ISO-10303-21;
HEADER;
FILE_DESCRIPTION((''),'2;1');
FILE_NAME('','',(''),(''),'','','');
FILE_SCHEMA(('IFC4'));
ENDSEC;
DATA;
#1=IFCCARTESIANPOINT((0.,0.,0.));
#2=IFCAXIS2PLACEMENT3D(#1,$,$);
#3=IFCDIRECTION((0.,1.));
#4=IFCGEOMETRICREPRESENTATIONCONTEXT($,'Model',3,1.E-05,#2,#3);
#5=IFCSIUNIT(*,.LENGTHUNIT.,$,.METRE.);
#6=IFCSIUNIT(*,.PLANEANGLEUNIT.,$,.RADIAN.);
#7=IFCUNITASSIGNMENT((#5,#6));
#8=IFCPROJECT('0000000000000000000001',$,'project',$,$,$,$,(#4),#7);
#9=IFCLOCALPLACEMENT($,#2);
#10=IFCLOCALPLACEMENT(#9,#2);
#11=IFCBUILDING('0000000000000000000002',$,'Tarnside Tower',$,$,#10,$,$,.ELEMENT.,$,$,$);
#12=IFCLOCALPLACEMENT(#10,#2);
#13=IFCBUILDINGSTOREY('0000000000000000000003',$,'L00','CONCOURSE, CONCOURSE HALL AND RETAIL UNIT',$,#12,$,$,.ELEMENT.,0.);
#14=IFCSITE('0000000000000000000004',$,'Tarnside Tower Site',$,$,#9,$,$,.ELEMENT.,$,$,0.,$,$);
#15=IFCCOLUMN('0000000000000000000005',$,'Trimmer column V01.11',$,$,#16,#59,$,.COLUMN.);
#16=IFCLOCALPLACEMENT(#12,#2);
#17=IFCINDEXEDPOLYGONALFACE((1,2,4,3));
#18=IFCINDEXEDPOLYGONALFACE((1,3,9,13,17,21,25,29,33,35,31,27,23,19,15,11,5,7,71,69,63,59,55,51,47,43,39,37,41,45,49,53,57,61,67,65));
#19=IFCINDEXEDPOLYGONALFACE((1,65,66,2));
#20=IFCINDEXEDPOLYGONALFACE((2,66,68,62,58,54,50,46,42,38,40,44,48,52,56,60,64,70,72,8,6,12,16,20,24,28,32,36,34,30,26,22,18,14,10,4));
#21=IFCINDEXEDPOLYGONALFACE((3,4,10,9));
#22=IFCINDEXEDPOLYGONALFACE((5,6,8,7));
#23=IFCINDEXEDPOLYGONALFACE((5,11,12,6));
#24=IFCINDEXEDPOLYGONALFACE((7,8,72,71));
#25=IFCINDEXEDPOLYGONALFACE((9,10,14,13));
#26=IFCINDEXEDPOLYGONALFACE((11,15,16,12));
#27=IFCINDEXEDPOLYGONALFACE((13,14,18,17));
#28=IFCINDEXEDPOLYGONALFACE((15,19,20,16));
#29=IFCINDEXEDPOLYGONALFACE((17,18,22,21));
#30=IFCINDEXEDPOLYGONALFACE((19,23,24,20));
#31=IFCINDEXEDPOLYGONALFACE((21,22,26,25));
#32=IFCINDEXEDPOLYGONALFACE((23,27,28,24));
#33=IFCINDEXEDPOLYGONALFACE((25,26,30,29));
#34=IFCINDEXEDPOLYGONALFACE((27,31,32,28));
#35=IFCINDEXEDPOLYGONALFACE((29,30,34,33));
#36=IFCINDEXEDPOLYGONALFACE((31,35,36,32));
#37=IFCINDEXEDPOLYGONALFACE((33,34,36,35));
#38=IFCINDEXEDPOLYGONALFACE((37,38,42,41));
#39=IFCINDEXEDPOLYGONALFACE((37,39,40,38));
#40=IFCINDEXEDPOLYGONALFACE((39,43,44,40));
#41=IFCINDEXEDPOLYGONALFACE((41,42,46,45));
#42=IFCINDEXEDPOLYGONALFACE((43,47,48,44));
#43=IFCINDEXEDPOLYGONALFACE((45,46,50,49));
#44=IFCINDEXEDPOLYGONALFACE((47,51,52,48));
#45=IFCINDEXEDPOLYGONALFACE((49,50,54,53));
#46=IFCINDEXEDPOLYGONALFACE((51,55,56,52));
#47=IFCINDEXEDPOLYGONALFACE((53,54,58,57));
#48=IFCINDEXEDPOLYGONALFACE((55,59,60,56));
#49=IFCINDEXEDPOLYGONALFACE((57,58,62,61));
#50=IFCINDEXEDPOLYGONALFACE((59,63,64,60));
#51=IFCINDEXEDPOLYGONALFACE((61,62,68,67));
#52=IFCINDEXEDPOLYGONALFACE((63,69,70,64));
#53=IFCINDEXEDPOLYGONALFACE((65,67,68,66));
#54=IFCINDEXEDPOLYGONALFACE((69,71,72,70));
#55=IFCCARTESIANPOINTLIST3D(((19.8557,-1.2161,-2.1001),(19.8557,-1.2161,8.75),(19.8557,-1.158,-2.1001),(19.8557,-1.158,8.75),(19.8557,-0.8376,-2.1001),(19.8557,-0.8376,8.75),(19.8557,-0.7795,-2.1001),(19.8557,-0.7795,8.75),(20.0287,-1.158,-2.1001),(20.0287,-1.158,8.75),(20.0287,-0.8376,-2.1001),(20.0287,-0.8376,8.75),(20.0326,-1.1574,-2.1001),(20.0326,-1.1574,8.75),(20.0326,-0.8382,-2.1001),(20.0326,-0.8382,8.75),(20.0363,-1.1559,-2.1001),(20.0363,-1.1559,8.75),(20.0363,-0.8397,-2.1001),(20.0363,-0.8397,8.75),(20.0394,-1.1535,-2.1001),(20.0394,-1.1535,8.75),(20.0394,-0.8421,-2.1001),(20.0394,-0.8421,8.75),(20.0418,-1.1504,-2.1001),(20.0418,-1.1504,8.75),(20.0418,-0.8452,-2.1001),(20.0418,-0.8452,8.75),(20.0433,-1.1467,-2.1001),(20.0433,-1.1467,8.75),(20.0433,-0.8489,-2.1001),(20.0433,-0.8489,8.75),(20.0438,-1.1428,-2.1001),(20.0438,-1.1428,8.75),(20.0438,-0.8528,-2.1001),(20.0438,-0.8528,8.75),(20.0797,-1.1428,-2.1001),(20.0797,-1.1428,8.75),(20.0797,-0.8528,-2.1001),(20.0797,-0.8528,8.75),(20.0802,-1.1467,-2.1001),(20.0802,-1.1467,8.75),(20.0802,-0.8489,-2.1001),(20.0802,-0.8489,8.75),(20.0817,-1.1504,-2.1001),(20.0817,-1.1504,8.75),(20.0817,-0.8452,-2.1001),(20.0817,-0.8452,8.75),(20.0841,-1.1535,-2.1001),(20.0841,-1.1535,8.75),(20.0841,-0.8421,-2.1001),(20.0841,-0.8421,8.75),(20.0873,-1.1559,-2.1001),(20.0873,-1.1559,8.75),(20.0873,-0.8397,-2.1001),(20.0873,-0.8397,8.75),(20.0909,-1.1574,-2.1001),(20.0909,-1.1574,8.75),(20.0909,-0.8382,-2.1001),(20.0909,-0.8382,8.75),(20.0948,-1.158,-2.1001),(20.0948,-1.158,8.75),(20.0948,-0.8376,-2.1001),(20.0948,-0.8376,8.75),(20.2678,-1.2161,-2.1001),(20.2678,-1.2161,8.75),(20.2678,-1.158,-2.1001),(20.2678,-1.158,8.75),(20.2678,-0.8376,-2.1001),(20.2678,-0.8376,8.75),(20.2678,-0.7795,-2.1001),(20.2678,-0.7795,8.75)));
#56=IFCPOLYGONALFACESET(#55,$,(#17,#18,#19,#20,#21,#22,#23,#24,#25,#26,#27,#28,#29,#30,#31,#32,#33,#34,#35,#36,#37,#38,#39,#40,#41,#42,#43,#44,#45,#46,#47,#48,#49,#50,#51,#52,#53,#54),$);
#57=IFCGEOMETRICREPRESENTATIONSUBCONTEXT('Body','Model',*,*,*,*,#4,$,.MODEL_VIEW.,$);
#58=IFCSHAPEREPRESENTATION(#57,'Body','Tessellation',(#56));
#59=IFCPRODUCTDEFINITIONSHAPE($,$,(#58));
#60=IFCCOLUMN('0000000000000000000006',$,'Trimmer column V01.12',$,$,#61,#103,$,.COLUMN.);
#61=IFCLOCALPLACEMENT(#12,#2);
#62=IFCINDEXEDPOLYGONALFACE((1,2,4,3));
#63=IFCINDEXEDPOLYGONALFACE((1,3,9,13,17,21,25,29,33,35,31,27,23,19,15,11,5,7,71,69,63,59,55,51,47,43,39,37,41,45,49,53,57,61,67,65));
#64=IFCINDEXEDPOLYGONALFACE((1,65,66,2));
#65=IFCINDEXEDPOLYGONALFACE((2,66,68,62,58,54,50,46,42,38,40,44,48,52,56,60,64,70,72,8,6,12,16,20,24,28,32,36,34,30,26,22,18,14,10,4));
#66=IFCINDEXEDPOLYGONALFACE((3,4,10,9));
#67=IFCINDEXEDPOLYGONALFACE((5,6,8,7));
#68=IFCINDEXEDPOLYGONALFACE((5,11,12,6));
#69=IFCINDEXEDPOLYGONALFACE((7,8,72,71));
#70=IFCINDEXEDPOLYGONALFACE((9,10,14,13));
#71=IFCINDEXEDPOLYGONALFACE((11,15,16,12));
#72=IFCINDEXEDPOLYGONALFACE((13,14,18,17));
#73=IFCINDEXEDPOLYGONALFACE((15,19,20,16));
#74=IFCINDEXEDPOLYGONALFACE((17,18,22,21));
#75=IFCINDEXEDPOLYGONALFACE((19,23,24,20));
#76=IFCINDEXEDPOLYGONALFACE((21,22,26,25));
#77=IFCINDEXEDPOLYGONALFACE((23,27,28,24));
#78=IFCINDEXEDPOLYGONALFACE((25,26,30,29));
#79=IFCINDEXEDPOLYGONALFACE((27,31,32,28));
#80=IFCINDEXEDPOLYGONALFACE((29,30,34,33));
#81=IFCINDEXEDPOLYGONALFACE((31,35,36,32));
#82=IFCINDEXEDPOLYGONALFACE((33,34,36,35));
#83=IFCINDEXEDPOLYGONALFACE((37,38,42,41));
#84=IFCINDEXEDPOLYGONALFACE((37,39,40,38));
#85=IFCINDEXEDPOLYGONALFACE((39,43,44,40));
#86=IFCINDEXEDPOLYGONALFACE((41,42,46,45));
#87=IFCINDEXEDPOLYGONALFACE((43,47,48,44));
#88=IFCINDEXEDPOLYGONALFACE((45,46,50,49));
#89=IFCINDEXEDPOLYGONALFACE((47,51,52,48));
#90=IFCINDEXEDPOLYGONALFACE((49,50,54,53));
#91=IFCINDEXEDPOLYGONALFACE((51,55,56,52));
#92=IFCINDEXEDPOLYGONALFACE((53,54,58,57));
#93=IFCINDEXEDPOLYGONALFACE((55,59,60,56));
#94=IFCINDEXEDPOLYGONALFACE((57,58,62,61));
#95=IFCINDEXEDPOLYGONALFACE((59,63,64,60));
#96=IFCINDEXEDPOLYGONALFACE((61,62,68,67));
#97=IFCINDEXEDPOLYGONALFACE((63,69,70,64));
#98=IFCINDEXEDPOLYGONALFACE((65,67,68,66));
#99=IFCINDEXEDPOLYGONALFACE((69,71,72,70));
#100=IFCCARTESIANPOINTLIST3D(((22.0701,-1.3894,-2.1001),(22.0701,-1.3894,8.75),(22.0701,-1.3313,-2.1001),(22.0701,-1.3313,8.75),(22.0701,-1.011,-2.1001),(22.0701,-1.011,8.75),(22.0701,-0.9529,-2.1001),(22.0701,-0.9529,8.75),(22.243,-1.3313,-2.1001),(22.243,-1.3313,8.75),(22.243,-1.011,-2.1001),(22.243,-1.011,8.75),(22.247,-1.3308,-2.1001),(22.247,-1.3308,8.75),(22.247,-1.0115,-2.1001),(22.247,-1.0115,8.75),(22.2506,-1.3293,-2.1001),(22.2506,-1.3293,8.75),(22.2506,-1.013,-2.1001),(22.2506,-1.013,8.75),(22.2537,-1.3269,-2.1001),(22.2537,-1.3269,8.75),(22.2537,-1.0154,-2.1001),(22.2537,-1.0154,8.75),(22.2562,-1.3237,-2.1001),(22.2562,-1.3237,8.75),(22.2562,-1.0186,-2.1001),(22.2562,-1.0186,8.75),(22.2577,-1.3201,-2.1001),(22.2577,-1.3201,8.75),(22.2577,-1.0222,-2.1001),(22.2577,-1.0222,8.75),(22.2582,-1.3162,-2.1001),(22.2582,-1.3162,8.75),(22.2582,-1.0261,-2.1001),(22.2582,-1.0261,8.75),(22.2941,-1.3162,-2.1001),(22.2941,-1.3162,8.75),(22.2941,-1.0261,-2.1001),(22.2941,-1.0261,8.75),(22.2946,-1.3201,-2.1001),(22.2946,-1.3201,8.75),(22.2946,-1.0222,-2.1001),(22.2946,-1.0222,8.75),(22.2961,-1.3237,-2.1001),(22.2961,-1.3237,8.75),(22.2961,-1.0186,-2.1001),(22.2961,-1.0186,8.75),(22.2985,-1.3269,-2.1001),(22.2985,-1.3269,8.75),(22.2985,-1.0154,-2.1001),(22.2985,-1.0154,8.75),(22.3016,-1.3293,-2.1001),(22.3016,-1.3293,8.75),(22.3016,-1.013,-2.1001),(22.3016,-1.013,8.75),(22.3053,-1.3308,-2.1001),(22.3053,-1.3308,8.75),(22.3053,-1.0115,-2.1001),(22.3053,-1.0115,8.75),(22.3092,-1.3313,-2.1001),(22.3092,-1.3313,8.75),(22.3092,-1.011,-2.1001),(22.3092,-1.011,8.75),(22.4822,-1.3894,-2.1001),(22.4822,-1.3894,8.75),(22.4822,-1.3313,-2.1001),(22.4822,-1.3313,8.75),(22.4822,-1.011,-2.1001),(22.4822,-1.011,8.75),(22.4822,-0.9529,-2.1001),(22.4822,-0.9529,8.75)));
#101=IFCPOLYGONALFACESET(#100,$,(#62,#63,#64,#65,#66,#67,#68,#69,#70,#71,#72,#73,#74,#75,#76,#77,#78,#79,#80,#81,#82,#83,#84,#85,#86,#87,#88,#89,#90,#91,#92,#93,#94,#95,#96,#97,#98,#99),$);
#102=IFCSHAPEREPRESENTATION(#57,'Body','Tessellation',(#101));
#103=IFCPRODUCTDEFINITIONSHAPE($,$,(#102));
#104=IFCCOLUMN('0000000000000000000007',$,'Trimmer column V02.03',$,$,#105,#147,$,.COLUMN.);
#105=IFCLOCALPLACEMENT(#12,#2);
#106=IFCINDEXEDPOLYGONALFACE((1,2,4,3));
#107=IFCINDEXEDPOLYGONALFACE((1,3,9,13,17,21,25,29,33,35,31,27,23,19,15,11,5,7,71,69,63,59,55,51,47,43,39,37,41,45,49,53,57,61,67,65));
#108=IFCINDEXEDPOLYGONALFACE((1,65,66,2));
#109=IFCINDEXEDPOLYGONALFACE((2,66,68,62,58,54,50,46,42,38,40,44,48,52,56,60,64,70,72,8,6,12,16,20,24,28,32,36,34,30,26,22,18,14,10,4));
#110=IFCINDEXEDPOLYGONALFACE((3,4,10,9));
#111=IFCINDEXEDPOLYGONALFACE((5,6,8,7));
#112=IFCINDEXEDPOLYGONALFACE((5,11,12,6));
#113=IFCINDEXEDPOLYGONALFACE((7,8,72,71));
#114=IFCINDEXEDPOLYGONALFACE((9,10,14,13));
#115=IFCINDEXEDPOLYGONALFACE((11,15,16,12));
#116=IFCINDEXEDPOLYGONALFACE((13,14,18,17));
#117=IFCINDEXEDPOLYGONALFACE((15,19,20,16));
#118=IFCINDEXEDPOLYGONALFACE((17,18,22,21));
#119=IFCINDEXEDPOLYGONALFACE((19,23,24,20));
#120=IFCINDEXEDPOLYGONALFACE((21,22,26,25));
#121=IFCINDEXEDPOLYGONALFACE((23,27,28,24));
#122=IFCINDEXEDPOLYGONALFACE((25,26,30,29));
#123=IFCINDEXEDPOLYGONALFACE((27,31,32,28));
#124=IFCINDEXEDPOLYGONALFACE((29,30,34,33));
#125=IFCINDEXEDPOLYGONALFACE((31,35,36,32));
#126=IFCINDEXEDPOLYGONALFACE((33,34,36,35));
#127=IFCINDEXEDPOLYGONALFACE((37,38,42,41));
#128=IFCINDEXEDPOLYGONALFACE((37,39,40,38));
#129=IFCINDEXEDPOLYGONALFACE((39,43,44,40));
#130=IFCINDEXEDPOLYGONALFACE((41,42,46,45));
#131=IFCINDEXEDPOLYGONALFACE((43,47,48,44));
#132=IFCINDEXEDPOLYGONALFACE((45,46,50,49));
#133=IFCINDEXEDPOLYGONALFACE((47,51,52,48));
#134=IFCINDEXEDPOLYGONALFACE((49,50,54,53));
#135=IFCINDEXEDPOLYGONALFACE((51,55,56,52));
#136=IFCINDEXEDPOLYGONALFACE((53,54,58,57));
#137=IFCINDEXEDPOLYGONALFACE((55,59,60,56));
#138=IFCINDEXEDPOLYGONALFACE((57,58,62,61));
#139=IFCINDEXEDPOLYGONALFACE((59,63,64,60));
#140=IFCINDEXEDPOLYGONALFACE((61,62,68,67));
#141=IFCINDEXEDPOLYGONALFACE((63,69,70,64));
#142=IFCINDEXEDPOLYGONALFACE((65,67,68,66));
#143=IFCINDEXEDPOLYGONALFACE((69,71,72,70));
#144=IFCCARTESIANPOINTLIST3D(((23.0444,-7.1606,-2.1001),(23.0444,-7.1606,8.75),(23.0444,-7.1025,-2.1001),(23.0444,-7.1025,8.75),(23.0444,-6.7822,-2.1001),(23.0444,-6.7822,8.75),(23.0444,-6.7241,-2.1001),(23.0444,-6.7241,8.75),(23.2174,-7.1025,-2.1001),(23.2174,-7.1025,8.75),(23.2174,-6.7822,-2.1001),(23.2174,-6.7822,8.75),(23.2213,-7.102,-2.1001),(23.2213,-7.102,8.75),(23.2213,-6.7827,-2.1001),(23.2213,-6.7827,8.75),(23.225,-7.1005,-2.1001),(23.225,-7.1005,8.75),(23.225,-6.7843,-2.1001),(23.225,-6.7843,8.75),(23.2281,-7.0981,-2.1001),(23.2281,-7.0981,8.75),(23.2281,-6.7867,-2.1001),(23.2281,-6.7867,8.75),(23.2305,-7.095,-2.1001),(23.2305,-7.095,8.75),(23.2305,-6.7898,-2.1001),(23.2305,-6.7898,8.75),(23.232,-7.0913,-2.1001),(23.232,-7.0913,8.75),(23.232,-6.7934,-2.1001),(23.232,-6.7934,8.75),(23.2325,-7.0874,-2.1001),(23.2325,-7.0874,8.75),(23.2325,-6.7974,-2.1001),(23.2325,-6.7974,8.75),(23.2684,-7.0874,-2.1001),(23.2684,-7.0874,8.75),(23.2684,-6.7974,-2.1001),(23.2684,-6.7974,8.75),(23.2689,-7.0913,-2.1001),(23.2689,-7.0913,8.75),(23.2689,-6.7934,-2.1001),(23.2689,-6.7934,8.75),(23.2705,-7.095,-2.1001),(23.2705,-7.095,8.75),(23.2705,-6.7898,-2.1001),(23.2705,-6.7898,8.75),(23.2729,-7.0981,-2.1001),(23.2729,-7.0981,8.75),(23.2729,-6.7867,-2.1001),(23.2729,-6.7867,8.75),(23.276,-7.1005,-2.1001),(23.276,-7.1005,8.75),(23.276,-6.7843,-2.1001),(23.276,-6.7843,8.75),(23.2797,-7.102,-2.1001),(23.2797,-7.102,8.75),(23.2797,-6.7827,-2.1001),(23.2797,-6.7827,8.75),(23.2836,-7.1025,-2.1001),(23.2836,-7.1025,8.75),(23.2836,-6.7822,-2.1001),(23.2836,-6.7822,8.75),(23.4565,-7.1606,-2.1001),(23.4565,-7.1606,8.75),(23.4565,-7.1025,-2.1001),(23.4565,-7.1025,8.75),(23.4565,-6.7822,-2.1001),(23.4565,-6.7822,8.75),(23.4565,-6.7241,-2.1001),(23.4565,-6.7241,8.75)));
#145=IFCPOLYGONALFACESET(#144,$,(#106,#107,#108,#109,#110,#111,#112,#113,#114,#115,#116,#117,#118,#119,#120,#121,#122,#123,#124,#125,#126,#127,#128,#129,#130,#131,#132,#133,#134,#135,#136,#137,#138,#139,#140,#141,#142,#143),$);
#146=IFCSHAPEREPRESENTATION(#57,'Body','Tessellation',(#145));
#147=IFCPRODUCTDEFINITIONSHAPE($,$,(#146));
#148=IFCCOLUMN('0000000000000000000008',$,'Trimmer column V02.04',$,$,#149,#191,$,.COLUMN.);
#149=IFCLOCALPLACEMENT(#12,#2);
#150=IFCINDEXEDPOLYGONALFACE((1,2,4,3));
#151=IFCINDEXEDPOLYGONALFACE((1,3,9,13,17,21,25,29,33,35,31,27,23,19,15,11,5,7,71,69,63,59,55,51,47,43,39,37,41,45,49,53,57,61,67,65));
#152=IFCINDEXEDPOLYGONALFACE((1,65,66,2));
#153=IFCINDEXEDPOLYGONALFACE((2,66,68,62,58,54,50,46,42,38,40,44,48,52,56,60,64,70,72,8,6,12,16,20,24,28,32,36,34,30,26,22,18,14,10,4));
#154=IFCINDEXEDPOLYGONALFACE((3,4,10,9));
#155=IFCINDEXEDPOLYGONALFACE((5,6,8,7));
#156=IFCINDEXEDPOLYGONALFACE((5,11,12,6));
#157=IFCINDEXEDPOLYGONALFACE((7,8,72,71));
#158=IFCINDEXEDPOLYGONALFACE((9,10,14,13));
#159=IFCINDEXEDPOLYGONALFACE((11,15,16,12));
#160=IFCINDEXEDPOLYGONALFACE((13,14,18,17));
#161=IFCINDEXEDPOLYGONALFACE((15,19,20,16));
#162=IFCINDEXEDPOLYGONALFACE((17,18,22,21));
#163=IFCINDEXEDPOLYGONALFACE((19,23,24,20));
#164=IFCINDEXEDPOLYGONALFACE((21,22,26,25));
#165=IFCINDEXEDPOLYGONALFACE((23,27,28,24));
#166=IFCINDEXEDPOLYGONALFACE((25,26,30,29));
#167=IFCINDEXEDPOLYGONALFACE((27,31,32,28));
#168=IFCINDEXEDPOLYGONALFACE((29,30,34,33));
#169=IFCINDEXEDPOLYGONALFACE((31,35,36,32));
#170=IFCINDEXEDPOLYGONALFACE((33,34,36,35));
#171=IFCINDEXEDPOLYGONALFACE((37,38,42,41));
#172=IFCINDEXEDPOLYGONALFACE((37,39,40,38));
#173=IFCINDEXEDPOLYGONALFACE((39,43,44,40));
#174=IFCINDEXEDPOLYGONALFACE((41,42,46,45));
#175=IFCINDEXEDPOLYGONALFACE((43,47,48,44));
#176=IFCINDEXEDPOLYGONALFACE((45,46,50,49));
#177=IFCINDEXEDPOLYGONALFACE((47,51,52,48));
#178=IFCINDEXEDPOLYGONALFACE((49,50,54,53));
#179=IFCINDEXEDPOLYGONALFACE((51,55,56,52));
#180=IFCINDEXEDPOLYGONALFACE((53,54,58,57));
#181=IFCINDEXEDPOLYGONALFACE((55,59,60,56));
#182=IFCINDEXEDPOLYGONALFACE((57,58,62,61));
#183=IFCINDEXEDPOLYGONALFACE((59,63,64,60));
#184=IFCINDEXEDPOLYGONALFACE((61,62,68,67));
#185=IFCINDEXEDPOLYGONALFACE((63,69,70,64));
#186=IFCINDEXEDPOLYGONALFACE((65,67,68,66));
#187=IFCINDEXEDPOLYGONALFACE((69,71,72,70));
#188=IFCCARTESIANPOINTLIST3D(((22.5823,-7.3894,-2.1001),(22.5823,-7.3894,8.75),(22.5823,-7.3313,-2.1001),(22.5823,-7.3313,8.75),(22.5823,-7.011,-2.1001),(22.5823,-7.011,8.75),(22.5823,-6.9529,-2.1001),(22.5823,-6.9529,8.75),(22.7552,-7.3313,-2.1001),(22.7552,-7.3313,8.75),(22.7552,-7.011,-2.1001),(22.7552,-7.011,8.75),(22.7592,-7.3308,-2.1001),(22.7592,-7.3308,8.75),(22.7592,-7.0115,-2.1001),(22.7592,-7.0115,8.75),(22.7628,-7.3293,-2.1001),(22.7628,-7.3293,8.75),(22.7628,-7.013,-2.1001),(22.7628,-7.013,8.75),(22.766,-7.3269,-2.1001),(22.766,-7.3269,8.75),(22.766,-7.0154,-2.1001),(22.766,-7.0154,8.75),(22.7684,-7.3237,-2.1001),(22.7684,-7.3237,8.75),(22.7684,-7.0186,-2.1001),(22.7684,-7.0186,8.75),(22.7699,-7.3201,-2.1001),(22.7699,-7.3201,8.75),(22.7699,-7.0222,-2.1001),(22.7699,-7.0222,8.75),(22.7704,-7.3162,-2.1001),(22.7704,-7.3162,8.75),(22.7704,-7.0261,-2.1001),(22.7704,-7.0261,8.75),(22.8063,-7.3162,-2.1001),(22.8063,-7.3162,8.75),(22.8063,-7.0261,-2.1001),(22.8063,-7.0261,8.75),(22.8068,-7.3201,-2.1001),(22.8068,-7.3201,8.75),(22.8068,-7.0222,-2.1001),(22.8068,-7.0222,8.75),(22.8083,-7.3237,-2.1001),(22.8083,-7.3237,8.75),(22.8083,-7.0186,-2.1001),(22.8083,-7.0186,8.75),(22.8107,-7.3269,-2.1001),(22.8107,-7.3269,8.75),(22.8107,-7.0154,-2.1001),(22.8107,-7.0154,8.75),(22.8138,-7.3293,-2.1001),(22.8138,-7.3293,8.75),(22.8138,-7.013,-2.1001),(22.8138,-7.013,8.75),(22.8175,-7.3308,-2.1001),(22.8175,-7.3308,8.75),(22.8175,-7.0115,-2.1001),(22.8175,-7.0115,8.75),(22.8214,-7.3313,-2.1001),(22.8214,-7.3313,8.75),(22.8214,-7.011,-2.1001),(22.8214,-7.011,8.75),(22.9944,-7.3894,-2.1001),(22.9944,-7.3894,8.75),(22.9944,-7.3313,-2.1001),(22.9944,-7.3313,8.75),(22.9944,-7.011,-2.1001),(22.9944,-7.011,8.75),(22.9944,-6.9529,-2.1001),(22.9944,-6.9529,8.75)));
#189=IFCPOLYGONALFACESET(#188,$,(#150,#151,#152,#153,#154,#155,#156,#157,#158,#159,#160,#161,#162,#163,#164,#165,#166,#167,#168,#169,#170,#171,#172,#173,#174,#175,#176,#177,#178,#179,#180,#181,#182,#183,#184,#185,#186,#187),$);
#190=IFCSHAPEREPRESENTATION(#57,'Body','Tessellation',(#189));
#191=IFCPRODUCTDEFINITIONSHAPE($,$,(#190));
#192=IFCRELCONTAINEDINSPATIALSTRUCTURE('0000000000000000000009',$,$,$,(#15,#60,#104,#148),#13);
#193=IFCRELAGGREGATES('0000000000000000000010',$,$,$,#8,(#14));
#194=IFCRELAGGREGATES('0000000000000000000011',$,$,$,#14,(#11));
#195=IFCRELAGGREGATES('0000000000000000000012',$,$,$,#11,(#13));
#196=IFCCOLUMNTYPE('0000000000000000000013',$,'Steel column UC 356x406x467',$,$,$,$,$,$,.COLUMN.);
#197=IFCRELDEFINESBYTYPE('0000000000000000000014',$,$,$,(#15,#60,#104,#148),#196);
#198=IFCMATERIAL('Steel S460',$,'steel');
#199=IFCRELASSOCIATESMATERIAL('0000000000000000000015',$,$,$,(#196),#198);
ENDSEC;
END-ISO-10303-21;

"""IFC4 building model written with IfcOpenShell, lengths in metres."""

from ifc_helpers import new_model, si_unit, direction, frame, origin, origin_2d, place, context, subcontext, project, spatial, i_section, extrude, material, material_profile, profile_set, type_object, element, save


model = new_model("IFC4")

# Units and contexts
model_context = context("Model", 3, precision=1e-05, world=origin(), true_north=direction((0.0, 1.0)))
body_context = subcontext(model_context, "Body", "Model", "MODEL_VIEW")
ifc_project = project(units=[si_unit("LENGTHUNIT", "METRE"), si_unit("PLANEANGLEUNIT", "RADIAN")], contexts=[model_context])

# Site, building, storey
site_placement = place(None, origin())
site = spatial("IfcSite", under=ifc_project, at=site_placement, Name="Tarnside Tower Site", CompositionType="ELEMENT", RefElevation=0.0)
building_placement = place(site_placement, origin())
building = spatial("IfcBuilding", under=site, at=building_placement, Name="Tarnside Tower", CompositionType="ELEMENT")
storey_placement = place(building_placement, origin())
storey = spatial("IfcBuildingStorey", under=building, at=storey_placement, Name="L00", Description="CONCOURSE, CONCOURSE HALL AND RETAIL UNIT", CompositionType="ELEMENT", Elevation=0.0)

# Columns
ifc_material_1 = material(Name="Steel S460", Category="steel")
ifc_material_profile_1 = material_profile(ifc_material_1, i_section(OverallWidth=0.4121, OverallDepth=0.4365, WebThickness=0.0359, FlangeThickness=0.0581, FilletRadius=0.0151, at=origin_2d()), Name="UC 356x406x467")
ifc_profile_set_1 = profile_set([ifc_material_profile_1], Name="Steel S460")
column_type = type_object("IfcColumnType", Name="Steel column UC 356x406x467", PredefinedType="COLUMN", material=ifc_profile_set_1)
for number, where, z_axis, x_axis, name in (
    (1, (20.0618, -0.9978, -2.1001), (0.0, 0.0, 1.0), (1.0, 0.0, 0.0), "Trimmer column V01.11"),
    (2, (22.2761, -1.1711, -2.1001), (0.0, 0.0, 1.0), (1.0, 0.0, 0.0), "Trimmer column V01.12"),
    (3, (23.2505, -6.9424, -2.1001), (0.0, 0.0, 1.0), (1.0, 0.0, 0.0), "Trimmer column V02.03"),
    (4, (22.7883, -7.1711, -2.1001), (0.0, 0.0, 1.0), (1.0, 0.0, 0.0), "Trimmer column V02.04"),
):
    element("IfcColumn", number, at=place(storey_placement, frame(where, z_axis=z_axis, x_axis=x_axis)), inside=storey, type_object=column_type, Name=name, PredefinedType="COLUMN", context=body_context, shape_type="SweptSolid", body=[
        extrude(i_section(OverallWidth=0.4121, OverallDepth=0.4365, WebThickness=0.0359, FlangeThickness=0.0581, FilletRadius=0.0151, at=origin_2d()), origin(), (0.0, 0.0, 1.0), 10.8501),
    ])

save(model, "model.ifc")
